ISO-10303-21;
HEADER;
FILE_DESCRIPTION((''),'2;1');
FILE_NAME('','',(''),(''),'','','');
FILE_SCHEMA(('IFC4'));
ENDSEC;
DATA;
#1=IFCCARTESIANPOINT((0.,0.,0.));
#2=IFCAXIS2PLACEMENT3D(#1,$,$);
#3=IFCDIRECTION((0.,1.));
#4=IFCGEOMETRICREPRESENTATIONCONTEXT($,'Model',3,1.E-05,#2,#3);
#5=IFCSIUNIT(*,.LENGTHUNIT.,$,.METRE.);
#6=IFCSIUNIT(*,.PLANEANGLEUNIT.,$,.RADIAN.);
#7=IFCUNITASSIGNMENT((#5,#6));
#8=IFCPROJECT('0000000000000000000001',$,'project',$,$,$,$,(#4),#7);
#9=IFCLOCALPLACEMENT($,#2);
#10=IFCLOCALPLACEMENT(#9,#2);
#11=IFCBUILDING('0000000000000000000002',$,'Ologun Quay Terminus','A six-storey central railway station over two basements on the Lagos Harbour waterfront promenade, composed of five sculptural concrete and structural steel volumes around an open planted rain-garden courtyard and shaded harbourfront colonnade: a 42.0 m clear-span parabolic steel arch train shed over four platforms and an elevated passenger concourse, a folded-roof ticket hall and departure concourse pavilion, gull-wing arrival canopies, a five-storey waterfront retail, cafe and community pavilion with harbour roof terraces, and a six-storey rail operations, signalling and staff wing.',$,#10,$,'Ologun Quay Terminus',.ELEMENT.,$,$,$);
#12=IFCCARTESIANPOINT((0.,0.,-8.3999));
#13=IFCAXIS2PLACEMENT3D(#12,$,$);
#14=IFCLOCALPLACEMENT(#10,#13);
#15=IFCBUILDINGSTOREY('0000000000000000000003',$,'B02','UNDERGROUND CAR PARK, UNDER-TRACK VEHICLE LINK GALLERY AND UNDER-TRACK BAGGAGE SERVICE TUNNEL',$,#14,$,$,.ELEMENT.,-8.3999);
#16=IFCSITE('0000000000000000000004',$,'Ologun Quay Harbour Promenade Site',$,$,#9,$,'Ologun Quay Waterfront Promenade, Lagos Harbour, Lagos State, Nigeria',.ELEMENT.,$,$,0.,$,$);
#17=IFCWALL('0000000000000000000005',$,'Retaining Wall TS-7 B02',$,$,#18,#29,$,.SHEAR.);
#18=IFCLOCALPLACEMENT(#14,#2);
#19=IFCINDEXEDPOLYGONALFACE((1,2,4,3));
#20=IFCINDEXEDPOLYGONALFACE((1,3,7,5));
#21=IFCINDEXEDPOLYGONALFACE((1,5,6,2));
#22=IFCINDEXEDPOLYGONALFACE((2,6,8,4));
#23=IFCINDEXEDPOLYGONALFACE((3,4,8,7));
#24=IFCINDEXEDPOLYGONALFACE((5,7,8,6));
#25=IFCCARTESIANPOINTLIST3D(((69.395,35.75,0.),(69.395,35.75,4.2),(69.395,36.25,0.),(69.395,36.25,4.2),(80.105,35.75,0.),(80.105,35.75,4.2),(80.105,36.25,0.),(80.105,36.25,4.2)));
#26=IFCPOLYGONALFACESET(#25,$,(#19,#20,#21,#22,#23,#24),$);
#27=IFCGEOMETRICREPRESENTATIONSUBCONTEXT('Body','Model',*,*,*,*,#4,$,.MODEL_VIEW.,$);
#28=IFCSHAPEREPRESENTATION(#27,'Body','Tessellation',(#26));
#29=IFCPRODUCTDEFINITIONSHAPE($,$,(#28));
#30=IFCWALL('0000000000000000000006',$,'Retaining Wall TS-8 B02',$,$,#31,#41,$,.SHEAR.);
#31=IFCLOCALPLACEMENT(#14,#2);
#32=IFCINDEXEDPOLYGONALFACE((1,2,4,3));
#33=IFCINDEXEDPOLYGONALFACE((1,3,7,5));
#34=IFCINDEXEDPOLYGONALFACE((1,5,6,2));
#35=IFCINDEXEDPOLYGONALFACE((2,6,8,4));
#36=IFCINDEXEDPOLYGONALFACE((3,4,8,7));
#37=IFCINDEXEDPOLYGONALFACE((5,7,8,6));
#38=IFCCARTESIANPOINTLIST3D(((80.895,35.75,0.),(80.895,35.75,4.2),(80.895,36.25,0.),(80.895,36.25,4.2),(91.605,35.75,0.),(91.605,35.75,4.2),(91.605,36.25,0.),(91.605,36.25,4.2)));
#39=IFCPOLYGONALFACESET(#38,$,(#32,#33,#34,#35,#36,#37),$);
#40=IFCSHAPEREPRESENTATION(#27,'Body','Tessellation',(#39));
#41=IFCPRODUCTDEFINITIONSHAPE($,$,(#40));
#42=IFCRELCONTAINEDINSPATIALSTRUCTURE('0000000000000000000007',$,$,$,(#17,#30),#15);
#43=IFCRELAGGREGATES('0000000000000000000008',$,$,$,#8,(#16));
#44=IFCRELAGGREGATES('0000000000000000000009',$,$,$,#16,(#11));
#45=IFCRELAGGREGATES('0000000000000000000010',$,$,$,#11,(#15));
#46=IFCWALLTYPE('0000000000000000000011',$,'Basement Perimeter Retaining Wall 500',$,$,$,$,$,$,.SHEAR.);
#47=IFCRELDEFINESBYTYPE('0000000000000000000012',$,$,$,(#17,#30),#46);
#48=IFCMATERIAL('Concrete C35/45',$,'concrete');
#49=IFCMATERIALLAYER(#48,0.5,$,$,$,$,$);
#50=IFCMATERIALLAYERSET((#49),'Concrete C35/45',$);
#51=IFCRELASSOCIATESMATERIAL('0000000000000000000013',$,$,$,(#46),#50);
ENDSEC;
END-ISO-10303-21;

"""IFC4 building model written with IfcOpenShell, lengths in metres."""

from ifc_helpers import new_model, si_unit, direction, frame, frame_2d, origin, place, context, subcontext, project, spatial, rectangle, extrude, material, layer, layer_set, type_object, element, save


model = new_model("IFC4")

# Units and contexts
model_context = context("Model", 3, precision=1e-05, world=origin(), true_north=direction((0.0, 1.0)))
body_context = subcontext(model_context, "Body", "Model", "MODEL_VIEW")
ifc_project = project(units=[si_unit("LENGTHUNIT", "METRE"), si_unit("PLANEANGLEUNIT", "RADIAN")], contexts=[model_context])

# Site, building, storey
site_placement = place(None, origin())
site = spatial("IfcSite", under=ifc_project, at=site_placement, Name="Ologun Quay Harbour Promenade Site", LongName="Ologun Quay Waterfront Promenade, Lagos Harbour, Lagos State, Nigeria", CompositionType="ELEMENT", RefElevation=0.0)
building_placement = place(site_placement, origin())
building = spatial("IfcBuilding", under=site, at=building_placement, Name="Ologun Quay Terminus", Description="A six-storey central railway station over two basements on the Lagos Harbour waterfront promenade, composed of five sculptural concrete and structural steel volumes around an open planted rain-garden courtyard and shaded harbourfront colonnade: a 42.0 m clear-span parabolic steel arch train shed over four platforms and an elevated passenger concourse, a folded-roof ticket hall and departure concourse pavilion, gull-wing arrival canopies, a five-storey waterfront retail, cafe and community pavilion with harbour roof terraces, and a six-storey rail operations, signalling and staff wing.", LongName="Ologun Quay Terminus", CompositionType="ELEMENT")
storey_placement = place(building_placement, frame((0.0, 0.0, -8.3999)))
storey = spatial("IfcBuildingStorey", under=building, at=storey_placement, Name="B02", Description="UNDERGROUND CAR PARK, UNDER-TRACK VEHICLE LINK GALLERY AND UNDER-TRACK BAGGAGE SERVICE TUNNEL", CompositionType="ELEMENT", Elevation=-8.3999)

# Walls
ifc_material_1 = material(Name="Concrete C35/45", Category="concrete")
ifc_layer = layer(ifc_material_1, 0.5)
ifc_layer_set = layer_set([ifc_layer], Name="Concrete C35/45")
wall_type = type_object("IfcWallType", Name="Basement Perimeter Retaining Wall 500", PredefinedType="SHEAR", material=ifc_layer_set)
for number, where, z_axis, x_axis, name in (
    (1, (69.395, 36.0, 0.0), (0.0, 0.0, 1.0), (1.0, 0.0, 0.0), "Retaining Wall TS-7 B02"),
    (2, (80.895, 36.0, 0.0), (0.0, 0.0, 1.0), (1.0, 0.0, 0.0), "Retaining Wall TS-8 B02"),
):
    element("IfcWall", number, at=place(storey_placement, frame(where, z_axis=z_axis, x_axis=x_axis)), inside=storey, type_object=wall_type, Name=name, PredefinedType="SHEAR", context=body_context, shape_type="SweptSolid", body=[
        extrude(rectangle(XDim=10.71, YDim=0.5, at=frame_2d((5.355, 0.0))), origin(), (0.0, 0.0, 1.0), 4.2),
    ])

save(model, "model.ifc")
